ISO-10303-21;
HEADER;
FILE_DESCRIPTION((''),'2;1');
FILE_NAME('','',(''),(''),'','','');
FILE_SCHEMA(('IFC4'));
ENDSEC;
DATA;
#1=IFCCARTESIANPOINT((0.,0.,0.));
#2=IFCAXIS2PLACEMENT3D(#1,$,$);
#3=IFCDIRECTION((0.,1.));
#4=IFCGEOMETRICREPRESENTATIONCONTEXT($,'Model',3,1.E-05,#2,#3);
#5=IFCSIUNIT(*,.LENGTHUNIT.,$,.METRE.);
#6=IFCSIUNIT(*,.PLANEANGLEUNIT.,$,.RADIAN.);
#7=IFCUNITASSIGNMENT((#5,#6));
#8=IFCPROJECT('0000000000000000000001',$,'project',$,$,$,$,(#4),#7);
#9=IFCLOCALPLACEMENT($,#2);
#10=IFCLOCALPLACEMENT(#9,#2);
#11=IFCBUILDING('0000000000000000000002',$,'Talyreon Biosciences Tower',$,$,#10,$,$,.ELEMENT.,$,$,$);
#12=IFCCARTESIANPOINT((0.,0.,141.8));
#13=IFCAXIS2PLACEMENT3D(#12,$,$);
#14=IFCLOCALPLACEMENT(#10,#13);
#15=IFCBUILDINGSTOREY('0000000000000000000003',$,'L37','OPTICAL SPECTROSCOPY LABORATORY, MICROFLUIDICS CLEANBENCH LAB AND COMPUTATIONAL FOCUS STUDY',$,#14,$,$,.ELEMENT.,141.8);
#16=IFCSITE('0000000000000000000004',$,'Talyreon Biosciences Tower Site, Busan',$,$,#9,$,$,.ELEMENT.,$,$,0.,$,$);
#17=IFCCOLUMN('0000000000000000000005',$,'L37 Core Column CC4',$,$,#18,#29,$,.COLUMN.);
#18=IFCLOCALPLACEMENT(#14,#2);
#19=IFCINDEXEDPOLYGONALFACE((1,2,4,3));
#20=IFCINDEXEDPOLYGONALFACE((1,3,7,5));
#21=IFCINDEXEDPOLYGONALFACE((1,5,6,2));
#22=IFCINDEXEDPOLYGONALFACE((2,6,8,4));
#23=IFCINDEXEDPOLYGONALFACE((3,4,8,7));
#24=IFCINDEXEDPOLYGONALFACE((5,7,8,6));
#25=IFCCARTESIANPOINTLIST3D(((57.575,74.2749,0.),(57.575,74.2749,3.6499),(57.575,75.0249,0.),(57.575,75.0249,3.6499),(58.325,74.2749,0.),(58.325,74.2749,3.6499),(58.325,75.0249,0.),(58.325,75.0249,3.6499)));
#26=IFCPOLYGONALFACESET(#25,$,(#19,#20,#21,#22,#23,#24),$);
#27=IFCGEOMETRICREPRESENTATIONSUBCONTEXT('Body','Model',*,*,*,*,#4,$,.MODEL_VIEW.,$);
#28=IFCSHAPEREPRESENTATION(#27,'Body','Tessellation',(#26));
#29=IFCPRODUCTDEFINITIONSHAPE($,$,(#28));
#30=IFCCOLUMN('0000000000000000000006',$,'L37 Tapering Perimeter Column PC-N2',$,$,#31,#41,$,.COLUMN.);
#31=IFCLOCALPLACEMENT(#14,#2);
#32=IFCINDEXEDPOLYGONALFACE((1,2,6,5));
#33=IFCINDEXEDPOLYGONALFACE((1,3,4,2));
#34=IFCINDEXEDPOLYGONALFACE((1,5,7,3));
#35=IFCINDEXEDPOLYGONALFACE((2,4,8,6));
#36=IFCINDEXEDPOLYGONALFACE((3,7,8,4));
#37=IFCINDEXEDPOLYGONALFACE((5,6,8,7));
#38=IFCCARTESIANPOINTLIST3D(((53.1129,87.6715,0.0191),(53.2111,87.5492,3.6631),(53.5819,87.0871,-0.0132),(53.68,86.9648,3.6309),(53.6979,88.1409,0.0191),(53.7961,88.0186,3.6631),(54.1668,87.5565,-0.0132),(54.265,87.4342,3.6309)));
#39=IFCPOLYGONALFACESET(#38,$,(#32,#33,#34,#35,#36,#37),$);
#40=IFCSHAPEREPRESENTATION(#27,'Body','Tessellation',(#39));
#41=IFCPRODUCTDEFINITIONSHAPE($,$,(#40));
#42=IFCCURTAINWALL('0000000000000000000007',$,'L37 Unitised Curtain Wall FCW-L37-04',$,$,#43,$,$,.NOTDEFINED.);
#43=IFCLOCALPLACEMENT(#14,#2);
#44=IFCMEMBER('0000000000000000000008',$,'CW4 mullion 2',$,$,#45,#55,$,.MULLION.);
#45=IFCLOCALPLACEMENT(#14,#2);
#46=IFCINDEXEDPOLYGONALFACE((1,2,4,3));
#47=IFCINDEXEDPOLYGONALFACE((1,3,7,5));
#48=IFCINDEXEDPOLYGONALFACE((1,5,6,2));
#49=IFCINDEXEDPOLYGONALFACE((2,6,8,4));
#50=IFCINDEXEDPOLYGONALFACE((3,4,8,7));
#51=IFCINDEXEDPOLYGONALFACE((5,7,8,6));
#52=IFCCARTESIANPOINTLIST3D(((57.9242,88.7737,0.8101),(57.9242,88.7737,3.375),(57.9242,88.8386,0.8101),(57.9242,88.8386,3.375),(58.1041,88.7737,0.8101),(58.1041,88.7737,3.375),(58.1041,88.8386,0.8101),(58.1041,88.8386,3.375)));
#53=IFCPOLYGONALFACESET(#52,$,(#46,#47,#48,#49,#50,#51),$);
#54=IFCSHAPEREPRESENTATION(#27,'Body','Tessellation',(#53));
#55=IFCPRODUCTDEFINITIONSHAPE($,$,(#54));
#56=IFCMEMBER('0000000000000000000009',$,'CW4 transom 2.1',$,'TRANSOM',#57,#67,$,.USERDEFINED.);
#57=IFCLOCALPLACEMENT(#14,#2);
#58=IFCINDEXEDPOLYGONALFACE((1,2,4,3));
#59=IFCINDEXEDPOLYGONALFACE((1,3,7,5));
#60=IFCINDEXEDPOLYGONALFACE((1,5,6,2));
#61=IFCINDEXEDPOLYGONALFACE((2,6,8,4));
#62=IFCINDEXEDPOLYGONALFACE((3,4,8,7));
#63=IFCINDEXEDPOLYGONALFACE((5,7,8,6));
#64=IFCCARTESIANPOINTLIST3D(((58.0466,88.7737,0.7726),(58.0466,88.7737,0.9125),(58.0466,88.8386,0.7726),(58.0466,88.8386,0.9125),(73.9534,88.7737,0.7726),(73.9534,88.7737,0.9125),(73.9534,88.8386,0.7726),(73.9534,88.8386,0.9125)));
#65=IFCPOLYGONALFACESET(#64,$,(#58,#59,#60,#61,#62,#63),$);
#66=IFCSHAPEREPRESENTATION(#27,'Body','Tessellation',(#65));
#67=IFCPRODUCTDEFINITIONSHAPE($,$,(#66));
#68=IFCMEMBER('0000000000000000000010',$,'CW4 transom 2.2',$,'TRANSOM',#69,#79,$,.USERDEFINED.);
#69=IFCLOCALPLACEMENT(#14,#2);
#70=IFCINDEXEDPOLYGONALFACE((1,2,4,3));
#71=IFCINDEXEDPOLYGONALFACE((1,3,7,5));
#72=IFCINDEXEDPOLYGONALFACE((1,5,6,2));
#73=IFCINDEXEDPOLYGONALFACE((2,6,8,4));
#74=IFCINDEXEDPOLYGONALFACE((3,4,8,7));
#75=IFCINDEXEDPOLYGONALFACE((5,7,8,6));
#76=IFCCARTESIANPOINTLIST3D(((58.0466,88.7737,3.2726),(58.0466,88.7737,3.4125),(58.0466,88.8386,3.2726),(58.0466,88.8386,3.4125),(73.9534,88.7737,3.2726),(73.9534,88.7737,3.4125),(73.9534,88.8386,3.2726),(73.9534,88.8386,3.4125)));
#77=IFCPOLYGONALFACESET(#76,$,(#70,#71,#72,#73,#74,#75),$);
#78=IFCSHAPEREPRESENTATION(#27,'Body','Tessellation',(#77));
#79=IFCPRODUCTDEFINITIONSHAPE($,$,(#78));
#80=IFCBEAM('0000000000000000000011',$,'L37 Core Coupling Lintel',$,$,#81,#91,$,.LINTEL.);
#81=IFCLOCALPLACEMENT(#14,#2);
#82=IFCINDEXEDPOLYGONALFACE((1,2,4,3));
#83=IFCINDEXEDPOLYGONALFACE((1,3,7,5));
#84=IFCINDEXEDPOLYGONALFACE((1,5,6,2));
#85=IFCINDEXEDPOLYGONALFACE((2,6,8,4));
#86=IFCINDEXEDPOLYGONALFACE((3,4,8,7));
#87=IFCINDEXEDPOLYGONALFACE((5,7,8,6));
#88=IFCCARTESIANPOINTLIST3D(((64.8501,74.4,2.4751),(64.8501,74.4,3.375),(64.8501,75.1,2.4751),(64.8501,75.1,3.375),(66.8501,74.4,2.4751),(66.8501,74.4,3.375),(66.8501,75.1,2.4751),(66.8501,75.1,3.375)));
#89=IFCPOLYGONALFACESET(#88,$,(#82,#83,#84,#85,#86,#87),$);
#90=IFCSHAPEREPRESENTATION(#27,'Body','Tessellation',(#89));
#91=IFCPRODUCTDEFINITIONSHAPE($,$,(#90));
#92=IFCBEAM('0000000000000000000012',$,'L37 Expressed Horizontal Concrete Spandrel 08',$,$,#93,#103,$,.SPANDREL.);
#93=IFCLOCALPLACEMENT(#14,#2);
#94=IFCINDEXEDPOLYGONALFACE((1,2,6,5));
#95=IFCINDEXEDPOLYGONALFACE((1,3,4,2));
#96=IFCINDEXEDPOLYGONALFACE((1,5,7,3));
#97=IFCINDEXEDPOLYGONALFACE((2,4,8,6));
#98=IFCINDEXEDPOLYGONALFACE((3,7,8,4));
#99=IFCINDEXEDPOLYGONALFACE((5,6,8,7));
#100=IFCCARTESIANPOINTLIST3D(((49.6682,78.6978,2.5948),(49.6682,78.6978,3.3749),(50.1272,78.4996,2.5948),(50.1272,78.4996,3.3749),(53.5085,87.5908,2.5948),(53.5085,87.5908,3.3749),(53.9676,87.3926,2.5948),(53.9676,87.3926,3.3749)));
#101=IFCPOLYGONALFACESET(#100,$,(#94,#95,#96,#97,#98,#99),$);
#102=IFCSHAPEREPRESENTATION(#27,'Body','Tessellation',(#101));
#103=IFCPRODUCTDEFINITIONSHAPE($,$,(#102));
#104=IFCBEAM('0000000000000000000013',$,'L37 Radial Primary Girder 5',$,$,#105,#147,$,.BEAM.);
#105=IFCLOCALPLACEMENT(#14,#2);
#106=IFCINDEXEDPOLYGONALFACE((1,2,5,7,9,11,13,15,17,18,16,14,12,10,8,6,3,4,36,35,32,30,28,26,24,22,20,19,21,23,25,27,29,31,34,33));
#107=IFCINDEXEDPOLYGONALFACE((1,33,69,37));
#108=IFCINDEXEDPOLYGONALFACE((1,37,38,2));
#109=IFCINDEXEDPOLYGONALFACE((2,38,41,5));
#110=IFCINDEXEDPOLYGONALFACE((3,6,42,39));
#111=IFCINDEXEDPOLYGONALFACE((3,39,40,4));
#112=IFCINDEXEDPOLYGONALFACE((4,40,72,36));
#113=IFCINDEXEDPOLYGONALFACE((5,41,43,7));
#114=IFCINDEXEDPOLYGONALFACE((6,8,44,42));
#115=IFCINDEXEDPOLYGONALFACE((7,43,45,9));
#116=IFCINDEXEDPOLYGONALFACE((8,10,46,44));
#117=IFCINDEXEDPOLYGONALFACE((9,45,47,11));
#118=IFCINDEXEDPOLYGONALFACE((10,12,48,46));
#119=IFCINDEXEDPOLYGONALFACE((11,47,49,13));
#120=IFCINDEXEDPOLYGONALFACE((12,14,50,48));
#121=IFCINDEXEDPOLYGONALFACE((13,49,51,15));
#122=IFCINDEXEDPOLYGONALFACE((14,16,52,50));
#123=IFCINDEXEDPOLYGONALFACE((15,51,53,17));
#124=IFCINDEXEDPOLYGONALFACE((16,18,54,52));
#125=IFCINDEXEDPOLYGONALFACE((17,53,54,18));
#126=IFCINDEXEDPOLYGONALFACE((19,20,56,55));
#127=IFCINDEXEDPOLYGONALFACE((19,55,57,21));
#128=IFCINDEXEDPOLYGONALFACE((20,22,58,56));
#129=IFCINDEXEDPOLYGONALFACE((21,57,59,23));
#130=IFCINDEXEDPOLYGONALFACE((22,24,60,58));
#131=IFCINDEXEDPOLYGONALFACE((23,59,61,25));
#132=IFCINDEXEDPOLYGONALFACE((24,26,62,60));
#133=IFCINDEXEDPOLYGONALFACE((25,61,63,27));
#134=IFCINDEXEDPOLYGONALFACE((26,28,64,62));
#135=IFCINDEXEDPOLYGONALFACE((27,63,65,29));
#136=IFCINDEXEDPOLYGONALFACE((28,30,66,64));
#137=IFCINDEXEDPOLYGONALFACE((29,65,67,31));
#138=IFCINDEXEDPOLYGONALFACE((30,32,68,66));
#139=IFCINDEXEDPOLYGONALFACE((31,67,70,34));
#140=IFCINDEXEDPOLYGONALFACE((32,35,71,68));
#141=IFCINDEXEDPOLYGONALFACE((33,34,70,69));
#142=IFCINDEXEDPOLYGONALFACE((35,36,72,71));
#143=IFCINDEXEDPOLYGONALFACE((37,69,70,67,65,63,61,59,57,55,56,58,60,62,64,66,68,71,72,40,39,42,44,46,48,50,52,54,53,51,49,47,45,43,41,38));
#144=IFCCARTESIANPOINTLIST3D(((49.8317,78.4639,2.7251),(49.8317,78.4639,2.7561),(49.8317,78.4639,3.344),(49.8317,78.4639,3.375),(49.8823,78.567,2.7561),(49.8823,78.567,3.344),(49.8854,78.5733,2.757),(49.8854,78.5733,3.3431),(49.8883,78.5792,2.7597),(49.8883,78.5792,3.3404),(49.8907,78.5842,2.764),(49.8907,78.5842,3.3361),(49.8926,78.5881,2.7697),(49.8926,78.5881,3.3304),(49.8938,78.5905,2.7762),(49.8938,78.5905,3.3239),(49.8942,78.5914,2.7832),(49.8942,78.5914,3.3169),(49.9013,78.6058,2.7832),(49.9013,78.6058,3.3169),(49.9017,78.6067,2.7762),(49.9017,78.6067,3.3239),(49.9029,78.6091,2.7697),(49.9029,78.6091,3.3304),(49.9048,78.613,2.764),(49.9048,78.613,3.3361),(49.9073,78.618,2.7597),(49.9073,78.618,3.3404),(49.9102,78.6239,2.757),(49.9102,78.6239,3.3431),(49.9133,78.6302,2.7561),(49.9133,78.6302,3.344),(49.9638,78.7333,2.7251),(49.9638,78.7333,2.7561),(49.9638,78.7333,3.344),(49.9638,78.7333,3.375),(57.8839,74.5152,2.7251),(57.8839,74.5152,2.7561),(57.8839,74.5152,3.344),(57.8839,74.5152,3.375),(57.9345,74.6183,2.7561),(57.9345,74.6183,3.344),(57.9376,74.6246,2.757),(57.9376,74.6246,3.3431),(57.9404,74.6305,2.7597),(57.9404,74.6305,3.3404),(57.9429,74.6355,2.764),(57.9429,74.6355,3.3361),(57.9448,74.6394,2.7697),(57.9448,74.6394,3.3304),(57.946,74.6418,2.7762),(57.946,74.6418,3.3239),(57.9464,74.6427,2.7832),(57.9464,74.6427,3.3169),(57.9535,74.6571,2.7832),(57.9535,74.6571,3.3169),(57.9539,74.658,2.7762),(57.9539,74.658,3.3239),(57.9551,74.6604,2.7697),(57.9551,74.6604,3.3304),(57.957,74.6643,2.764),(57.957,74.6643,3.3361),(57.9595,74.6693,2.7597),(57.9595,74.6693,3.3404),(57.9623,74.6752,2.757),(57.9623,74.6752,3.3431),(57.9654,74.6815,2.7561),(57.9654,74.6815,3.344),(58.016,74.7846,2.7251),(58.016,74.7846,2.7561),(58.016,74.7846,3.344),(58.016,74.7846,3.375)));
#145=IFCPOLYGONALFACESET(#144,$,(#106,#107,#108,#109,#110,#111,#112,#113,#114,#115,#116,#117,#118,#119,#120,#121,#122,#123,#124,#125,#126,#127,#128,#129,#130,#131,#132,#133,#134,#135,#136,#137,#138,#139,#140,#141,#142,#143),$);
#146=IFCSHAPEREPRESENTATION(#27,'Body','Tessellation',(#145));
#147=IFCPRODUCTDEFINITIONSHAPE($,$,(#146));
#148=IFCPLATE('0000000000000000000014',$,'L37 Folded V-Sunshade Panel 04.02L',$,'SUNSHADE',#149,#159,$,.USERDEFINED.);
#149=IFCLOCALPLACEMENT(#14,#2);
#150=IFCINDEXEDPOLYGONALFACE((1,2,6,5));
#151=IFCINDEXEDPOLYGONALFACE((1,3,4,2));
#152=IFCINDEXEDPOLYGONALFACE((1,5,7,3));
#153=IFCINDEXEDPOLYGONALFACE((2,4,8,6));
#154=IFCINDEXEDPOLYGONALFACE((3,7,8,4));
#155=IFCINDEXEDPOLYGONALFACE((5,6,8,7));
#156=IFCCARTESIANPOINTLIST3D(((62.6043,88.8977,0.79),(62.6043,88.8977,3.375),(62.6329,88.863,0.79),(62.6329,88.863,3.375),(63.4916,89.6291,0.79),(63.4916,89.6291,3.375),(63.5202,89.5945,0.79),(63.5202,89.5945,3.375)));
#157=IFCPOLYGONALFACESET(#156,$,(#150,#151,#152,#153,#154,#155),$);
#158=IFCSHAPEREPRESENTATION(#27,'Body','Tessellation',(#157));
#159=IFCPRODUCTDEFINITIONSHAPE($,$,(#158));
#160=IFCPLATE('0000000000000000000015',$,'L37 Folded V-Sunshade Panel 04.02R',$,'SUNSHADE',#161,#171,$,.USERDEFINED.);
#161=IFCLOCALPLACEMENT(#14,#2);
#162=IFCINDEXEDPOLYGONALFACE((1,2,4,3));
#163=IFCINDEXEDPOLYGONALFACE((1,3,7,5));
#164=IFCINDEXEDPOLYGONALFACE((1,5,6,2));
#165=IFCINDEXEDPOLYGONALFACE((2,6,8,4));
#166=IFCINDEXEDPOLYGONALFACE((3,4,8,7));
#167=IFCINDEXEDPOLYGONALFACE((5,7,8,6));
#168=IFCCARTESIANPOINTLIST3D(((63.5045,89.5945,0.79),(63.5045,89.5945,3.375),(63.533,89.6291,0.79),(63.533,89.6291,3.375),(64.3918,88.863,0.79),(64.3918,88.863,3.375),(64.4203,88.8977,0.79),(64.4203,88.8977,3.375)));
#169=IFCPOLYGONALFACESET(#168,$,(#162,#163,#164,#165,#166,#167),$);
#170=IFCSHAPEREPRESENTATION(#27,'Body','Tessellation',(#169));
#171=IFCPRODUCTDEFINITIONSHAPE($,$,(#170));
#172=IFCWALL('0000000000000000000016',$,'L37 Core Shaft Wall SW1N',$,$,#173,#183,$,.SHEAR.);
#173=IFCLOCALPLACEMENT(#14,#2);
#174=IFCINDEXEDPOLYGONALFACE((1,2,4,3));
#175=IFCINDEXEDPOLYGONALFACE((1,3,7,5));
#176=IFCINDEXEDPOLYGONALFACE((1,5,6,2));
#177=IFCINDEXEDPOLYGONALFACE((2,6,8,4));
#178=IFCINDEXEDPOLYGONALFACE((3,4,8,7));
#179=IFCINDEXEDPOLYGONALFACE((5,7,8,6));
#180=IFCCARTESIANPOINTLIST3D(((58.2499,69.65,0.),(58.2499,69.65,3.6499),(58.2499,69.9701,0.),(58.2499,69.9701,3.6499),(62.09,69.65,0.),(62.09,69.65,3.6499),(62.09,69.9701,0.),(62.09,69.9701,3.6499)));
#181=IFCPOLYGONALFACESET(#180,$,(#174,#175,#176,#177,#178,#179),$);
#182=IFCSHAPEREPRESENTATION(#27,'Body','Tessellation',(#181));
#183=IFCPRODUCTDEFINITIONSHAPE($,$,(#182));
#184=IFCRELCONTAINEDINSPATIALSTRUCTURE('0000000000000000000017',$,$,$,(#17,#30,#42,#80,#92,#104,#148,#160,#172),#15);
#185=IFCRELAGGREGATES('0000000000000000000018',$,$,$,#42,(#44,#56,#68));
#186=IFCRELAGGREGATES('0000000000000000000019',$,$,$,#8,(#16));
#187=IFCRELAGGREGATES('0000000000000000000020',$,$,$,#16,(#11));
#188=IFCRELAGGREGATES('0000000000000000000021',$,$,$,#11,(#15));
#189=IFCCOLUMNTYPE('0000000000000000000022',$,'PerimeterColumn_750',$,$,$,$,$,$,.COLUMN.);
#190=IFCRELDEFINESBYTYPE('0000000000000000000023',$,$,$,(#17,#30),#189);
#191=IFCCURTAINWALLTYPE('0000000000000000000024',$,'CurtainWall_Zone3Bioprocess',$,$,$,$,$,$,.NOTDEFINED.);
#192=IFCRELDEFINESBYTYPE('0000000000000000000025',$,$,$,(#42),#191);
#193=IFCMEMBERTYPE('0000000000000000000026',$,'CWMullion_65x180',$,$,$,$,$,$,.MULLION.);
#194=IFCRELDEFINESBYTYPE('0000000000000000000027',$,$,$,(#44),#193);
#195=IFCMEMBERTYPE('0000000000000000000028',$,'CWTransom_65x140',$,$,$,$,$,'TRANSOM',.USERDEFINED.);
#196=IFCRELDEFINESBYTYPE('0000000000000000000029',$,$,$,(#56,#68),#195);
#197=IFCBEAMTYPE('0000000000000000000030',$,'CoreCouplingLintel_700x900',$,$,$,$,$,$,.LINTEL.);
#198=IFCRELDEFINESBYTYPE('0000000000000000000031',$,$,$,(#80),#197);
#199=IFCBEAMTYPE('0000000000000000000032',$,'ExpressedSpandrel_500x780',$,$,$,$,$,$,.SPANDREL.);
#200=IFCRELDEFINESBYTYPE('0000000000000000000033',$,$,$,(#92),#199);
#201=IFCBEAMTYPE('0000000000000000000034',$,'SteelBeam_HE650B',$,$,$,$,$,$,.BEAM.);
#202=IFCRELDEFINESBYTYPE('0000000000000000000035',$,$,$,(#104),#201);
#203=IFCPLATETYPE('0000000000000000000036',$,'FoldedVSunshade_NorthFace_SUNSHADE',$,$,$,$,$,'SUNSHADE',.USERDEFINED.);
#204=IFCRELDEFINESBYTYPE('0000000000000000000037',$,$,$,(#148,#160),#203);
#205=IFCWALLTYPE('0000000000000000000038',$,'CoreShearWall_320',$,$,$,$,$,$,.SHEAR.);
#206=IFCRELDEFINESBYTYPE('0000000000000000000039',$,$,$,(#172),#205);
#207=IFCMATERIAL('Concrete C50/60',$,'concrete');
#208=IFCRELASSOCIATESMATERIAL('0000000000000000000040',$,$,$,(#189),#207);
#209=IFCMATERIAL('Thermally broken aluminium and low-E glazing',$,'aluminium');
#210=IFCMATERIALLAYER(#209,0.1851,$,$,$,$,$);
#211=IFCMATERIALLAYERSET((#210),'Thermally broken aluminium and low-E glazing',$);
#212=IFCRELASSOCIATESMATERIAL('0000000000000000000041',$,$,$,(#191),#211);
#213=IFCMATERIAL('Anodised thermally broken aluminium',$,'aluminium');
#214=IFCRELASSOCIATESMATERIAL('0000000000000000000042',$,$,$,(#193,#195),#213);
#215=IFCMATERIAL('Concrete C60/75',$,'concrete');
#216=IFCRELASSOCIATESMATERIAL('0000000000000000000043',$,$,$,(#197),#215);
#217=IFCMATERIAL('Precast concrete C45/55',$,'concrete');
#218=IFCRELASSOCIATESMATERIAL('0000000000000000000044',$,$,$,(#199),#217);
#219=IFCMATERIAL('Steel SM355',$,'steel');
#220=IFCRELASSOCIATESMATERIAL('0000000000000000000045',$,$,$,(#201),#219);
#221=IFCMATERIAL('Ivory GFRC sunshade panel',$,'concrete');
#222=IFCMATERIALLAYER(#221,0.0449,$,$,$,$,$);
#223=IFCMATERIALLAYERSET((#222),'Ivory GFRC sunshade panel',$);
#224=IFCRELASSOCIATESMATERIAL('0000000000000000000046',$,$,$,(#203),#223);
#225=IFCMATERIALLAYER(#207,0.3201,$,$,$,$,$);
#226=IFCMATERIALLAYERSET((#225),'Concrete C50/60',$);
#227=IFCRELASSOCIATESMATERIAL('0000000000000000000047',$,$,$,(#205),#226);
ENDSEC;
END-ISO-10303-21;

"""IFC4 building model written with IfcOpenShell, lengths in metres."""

from ifc_helpers import new_model, si_unit, direction, frame, frame_2d, origin, origin_2d, place, context, subcontext, project, spatial, rectangle, i_section, extrude, material, layer, layer_set, material_profile, profile_set, type_object, element, aggregate, save


model = new_model("IFC4")

# Units and contexts
model_context = context("Model", 3, precision=1e-05, world=origin(), true_north=direction((0.0, 1.0)))
body_context = subcontext(model_context, "Body", "Model", "MODEL_VIEW")
ifc_project = project(units=[si_unit("LENGTHUNIT", "METRE"), si_unit("PLANEANGLEUNIT", "RADIAN")], contexts=[model_context])

# Site, building, storey
site_placement = place(None, origin())
site = spatial("IfcSite", under=ifc_project, at=site_placement, Name="Talyreon Biosciences Tower Site, Busan", CompositionType="ELEMENT", RefElevation=0.0)
building_placement = place(site_placement, origin())
building = spatial("IfcBuilding", under=site, at=building_placement, Name="Talyreon Biosciences Tower", CompositionType="ELEMENT")
storey_placement = place(building_placement, frame((0.0, 0.0, 141.8)))
storey = spatial("IfcBuildingStorey", under=building, at=storey_placement, Name="L37", Description="OPTICAL SPECTROSCOPY LABORATORY, MICROFLUIDICS CLEANBENCH LAB AND COMPUTATIONAL FOCUS STUDY", CompositionType="ELEMENT", Elevation=141.8)

# Columns
ifc_material_1 = material(Name="Concrete C50/60", Category="concrete")
ifc_material_profile_1 = material_profile(ifc_material_1, rectangle(XDim=0.75, YDim=0.75, at=origin_2d()), Name="RC 750x750")
ifc_profile_set_1 = profile_set([ifc_material_profile_1], Name="Concrete C50/60")
column_type = type_object("IfcColumnType", Name="PerimeterColumn_750", PredefinedType="COLUMN", material=ifc_profile_set_1)
column_1_placement = place(storey_placement, frame((57.95, 74.6499, 0.0), z_axis=(0.0, 0.0, 1.0), x_axis=(1.0, 0.0, 0.0)))
element("IfcColumn", 1, at=column_1_placement, inside=storey, type_object=column_type, Name="L37 Core Column CC4", PredefinedType="COLUMN", context=body_context, shape_type="SweptSolid", body=[
    extrude(rectangle(XDim=0.75, YDim=0.75, at=origin_2d()), origin(), (0.0, 0.0, 1.0), 3.6499),
])
column_2_placement = place(storey_placement, frame((53.6399, 87.614, 0.0029), z_axis=(0.026908, -0.033535, 0.999075), x_axis=(-0.779957, -0.625834, 0.0)))
element("IfcColumn", 2, at=column_2_placement, inside=storey, type_object=column_type, Name="L37 Tapering Perimeter Column PC-N2", PredefinedType="COLUMN", context=body_context, shape_type="SweptSolid", body=[
    extrude(rectangle(XDim=0.75, YDim=0.75, at=origin_2d()), origin(), (0.0, 0.0, 1.0), 3.6475),
])

# Curtain wall, members
ifc_material_2 = material(Name="Thermally broken aluminium and low-E glazing", Category="aluminium")
ifc_layer_1 = layer(ifc_material_2, 0.1851)
ifc_layer_set_1 = layer_set([ifc_layer_1], Name="Thermally broken aluminium and low-E glazing")
curtain_wall_type = type_object("IfcCurtainWallType", Name="CurtainWall_Zone3Bioprocess", PredefinedType="NOTDEFINED", material=ifc_layer_set_1)
curtain_wall_placement = place(storey_placement, origin())
curtain_wall = element("IfcCurtainWall", 3, at=curtain_wall_placement, inside=storey, type_object=curtain_wall_type, Name="L37 Unitised Curtain Wall FCW-L37-04", PredefinedType="NOTDEFINED")
ifc_material_3 = material(Name="Anodised thermally broken aluminium", Category="aluminium")
ifc_material_profile_2 = material_profile(ifc_material_3, rectangle(XDim=0.0649, YDim=0.1799, at=origin_2d()), Name="ALUM MULLION 65x180")
ifc_profile_set_2 = profile_set([ifc_material_profile_2], Name="Anodised thermally broken aluminium")
member_type_1 = type_object("IfcMemberType", Name="CWMullion_65x180", PredefinedType="MULLION", material=ifc_profile_set_2)
member_1_placement = place(storey_placement, frame((58.0142, 88.8062, 0.8101), z_axis=(0.0, 0.0, 1.0), x_axis=(0.0, 1.0, 0.0)))
member_1 = element("IfcMember", 4, at=member_1_placement, type_object=member_type_1, Name="CW4 mullion 2", PredefinedType="MULLION", context=body_context, shape_type="SweptSolid", body=[
    extrude(rectangle(XDim=0.0649, YDim=0.1799, at=origin_2d()), origin(), (0.0, 0.0, 1.0), 2.5649),
])
ifc_material_profile_3 = material_profile(ifc_material_3, rectangle(XDim=0.0649, YDim=0.1399, at=origin_2d()), Name="ALUM TRANSOM 65x140")
ifc_profile_set_3 = profile_set([ifc_material_profile_3], Name="Anodised thermally broken aluminium")
member_type_2 = type_object("IfcMemberType", Name="CWTransom_65x140", ElementType="TRANSOM", PredefinedType="USERDEFINED", material=ifc_profile_set_3)
member_2_placement = place(storey_placement, frame((58.0466, 88.8062, 0.8425), z_axis=(1.0, 0.0, 0.0), x_axis=(0.0, 1.0, 0.0)))
member_2 = element("IfcMember", 5, at=member_2_placement, type_object=member_type_2, Name="CW4 transom 2.1", ObjectType="TRANSOM", PredefinedType="USERDEFINED", context=body_context, shape_type="SweptSolid", body=[
    extrude(rectangle(XDim=0.0649, YDim=0.1399, at=origin_2d()), origin(), (0.0, 0.0, 1.0), 15.9067),
])
member_3_placement = place(storey_placement, frame((58.0466, 88.8062, 3.3425), z_axis=(1.0, 0.0, 0.0), x_axis=(0.0, 1.0, 0.0)))
member_3 = element("IfcMember", 6, at=member_3_placement, type_object=member_type_2, Name="CW4 transom 2.2", ObjectType="TRANSOM", PredefinedType="USERDEFINED", context=body_context, shape_type="SweptSolid", body=[
    extrude(rectangle(XDim=0.0649, YDim=0.1399, at=origin_2d()), origin(), (0.0, 0.0, 1.0), 15.9067),
])
aggregate(curtain_wall, [member_1, member_2, member_3])

# Beams
ifc_material_4 = material(Name="Concrete C60/75", Category="concrete")
ifc_material_profile_4 = material_profile(ifc_material_4, rectangle(XDim=0.7, YDim=0.8999, at=origin_2d()), Name="RCB 700x900")
ifc_profile_set_4 = profile_set([ifc_material_profile_4], Name="Concrete C60/75")
beam_type_1 = type_object("IfcBeamType", Name="CoreCouplingLintel_700x900", PredefinedType="LINTEL", material=ifc_profile_set_4)
beam_1_placement = place(storey_placement, frame((64.8501, 74.75, 2.925), z_axis=(1.0, 0.0, 0.0), x_axis=(0.0, 1.0, 0.0)))
element("IfcBeam", 7, at=beam_1_placement, inside=storey, type_object=beam_type_1, Name="L37 Core Coupling Lintel", PredefinedType="LINTEL", context=body_context, shape_type="SweptSolid", body=[
    extrude(rectangle(XDim=0.7, YDim=0.8999, at=origin_2d()), origin(), (0.0, 0.0, 1.0), 2.0),
])
ifc_material_5 = material(Name="Precast concrete C45/55", Category="concrete")
ifc_material_profile_5 = material_profile(ifc_material_5, rectangle(XDim=0.5, YDim=0.78, at=origin_2d()), Name="RCB 500x780")
ifc_profile_set_5 = profile_set([ifc_material_profile_5], Name="Precast concrete C45/55")
beam_type_2 = type_object("IfcBeamType", Name="ExpressedSpandrel_500x780", PredefinedType="SPANDREL", material=ifc_profile_set_5)
beam_2_placement = place(storey_placement, frame((53.738, 87.4917, 2.9849), z_axis=(-0.396449, -0.918057, 0.0), x_axis=(0.918057, -0.396449, 0.0)))
element("IfcBeam", 8, at=beam_2_placement, inside=storey, type_object=beam_type_2, Name="L37 Expressed Horizontal Concrete Spandrel 08", PredefinedType="SPANDREL", context=body_context, shape_type="SweptSolid", body=[
    extrude(rectangle(XDim=0.5, YDim=0.78, at=origin_2d()), origin(), (0.0, 0.0, 1.0), 9.6868),
])
ifc_material_6 = material(Name="Steel SM355", Category="steel")
ifc_material_profile_6 = material_profile(ifc_material_6, i_section(OverallWidth=0.3, OverallDepth=0.6499, WebThickness=0.0161, FlangeThickness=0.031, FilletRadius=0.0271, at=origin_2d()), Name="HE650B")
ifc_profile_set_6 = profile_set([ifc_material_profile_6], Name="Steel SM355")
beam_type_3 = type_object("IfcBeamType", Name="SteelBeam_HE650B", PredefinedType="BEAM", material=ifc_profile_set_6)
beam_3_placement = place(storey_placement, frame((57.95, 74.6499, 3.05), z_axis=(-0.897852, 0.440297, 0.0), x_axis=(-0.440297, -0.897852, 0.0)))
element("IfcBeam", 9, at=beam_3_placement, inside=storey, type_object=beam_type_3, Name="L37 Radial Primary Girder 5", PredefinedType="BEAM", context=body_context, shape_type="SweptSolid", body=[
    extrude(i_section(OverallWidth=0.3, OverallDepth=0.6499, WebThickness=0.0161, FlangeThickness=0.031, FilletRadius=0.0271, at=origin_2d()), origin(), (0.0, 0.0, 1.0), 8.9683),
])

# Plates
ifc_material_7 = material(Name="Ivory GFRC sunshade panel", Category="concrete")
ifc_layer_2 = layer(ifc_material_7, 0.0449)
ifc_layer_set_2 = layer_set([ifc_layer_2], Name="Ivory GFRC sunshade panel")
plate_type = type_object("IfcPlateType", Name="FoldedVSunshade_NorthFace_SUNSHADE", ElementType="SUNSHADE", PredefinedType="USERDEFINED", material=ifc_layer_set_2)
for number, where, z_axis, x_axis, name in (
    (10, (63.0623, 89.2461, 0.79), (0.0, 0.0, 1.0), (0.771625, 0.636078, 0.0), "L37 Folded V-Sunshade Panel 04.02L"),
    (11, (63.9624, 89.2461, 0.79), (0.0, 0.0, 1.0), (0.771625, -0.636078, 0.0), "L37 Folded V-Sunshade Panel 04.02R"),
):
    element("IfcPlate", number, at=place(storey_placement, frame(where, z_axis=z_axis, x_axis=x_axis)), inside=storey, type_object=plate_type, Name=name, ObjectType="SUNSHADE", PredefinedType="USERDEFINED", context=body_context, shape_type="SweptSolid", body=[
        extrude(rectangle(XDim=1.1499, YDim=0.0449, at=origin_2d()), origin(), (0.0, 0.0, 1.0), 2.585),
    ])

# Wall
ifc_layer_3 = layer(ifc_material_1, 0.3201)
ifc_layer_set_3 = layer_set([ifc_layer_3], Name="Concrete C50/60")
wall_type_1 = type_object("IfcWallType", Name="CoreShearWall_320", PredefinedType="SHEAR", material=ifc_layer_set_3)
for number, where, z_axis, x_axis, name in (
    (12, (58.25, 69.8101, 0.0), (0.0, 0.0, 1.0), (1.0, 0.0, 0.0), "L37 Core Shaft Wall SW1N"),
):
    element("IfcWall", number, at=place(storey_placement, frame(where, z_axis=z_axis, x_axis=x_axis)), inside=storey, type_object=wall_type_1, Name=name, PredefinedType="SHEAR", context=body_context, shape_type="SweptSolid", body=[
        extrude(rectangle(XDim=3.8401, YDim=0.3201, at=frame_2d((1.9199, 0.0))), origin(), (0.0, 0.0, 1.0), 3.6499),
    ])

save(model, "model.ifc")
